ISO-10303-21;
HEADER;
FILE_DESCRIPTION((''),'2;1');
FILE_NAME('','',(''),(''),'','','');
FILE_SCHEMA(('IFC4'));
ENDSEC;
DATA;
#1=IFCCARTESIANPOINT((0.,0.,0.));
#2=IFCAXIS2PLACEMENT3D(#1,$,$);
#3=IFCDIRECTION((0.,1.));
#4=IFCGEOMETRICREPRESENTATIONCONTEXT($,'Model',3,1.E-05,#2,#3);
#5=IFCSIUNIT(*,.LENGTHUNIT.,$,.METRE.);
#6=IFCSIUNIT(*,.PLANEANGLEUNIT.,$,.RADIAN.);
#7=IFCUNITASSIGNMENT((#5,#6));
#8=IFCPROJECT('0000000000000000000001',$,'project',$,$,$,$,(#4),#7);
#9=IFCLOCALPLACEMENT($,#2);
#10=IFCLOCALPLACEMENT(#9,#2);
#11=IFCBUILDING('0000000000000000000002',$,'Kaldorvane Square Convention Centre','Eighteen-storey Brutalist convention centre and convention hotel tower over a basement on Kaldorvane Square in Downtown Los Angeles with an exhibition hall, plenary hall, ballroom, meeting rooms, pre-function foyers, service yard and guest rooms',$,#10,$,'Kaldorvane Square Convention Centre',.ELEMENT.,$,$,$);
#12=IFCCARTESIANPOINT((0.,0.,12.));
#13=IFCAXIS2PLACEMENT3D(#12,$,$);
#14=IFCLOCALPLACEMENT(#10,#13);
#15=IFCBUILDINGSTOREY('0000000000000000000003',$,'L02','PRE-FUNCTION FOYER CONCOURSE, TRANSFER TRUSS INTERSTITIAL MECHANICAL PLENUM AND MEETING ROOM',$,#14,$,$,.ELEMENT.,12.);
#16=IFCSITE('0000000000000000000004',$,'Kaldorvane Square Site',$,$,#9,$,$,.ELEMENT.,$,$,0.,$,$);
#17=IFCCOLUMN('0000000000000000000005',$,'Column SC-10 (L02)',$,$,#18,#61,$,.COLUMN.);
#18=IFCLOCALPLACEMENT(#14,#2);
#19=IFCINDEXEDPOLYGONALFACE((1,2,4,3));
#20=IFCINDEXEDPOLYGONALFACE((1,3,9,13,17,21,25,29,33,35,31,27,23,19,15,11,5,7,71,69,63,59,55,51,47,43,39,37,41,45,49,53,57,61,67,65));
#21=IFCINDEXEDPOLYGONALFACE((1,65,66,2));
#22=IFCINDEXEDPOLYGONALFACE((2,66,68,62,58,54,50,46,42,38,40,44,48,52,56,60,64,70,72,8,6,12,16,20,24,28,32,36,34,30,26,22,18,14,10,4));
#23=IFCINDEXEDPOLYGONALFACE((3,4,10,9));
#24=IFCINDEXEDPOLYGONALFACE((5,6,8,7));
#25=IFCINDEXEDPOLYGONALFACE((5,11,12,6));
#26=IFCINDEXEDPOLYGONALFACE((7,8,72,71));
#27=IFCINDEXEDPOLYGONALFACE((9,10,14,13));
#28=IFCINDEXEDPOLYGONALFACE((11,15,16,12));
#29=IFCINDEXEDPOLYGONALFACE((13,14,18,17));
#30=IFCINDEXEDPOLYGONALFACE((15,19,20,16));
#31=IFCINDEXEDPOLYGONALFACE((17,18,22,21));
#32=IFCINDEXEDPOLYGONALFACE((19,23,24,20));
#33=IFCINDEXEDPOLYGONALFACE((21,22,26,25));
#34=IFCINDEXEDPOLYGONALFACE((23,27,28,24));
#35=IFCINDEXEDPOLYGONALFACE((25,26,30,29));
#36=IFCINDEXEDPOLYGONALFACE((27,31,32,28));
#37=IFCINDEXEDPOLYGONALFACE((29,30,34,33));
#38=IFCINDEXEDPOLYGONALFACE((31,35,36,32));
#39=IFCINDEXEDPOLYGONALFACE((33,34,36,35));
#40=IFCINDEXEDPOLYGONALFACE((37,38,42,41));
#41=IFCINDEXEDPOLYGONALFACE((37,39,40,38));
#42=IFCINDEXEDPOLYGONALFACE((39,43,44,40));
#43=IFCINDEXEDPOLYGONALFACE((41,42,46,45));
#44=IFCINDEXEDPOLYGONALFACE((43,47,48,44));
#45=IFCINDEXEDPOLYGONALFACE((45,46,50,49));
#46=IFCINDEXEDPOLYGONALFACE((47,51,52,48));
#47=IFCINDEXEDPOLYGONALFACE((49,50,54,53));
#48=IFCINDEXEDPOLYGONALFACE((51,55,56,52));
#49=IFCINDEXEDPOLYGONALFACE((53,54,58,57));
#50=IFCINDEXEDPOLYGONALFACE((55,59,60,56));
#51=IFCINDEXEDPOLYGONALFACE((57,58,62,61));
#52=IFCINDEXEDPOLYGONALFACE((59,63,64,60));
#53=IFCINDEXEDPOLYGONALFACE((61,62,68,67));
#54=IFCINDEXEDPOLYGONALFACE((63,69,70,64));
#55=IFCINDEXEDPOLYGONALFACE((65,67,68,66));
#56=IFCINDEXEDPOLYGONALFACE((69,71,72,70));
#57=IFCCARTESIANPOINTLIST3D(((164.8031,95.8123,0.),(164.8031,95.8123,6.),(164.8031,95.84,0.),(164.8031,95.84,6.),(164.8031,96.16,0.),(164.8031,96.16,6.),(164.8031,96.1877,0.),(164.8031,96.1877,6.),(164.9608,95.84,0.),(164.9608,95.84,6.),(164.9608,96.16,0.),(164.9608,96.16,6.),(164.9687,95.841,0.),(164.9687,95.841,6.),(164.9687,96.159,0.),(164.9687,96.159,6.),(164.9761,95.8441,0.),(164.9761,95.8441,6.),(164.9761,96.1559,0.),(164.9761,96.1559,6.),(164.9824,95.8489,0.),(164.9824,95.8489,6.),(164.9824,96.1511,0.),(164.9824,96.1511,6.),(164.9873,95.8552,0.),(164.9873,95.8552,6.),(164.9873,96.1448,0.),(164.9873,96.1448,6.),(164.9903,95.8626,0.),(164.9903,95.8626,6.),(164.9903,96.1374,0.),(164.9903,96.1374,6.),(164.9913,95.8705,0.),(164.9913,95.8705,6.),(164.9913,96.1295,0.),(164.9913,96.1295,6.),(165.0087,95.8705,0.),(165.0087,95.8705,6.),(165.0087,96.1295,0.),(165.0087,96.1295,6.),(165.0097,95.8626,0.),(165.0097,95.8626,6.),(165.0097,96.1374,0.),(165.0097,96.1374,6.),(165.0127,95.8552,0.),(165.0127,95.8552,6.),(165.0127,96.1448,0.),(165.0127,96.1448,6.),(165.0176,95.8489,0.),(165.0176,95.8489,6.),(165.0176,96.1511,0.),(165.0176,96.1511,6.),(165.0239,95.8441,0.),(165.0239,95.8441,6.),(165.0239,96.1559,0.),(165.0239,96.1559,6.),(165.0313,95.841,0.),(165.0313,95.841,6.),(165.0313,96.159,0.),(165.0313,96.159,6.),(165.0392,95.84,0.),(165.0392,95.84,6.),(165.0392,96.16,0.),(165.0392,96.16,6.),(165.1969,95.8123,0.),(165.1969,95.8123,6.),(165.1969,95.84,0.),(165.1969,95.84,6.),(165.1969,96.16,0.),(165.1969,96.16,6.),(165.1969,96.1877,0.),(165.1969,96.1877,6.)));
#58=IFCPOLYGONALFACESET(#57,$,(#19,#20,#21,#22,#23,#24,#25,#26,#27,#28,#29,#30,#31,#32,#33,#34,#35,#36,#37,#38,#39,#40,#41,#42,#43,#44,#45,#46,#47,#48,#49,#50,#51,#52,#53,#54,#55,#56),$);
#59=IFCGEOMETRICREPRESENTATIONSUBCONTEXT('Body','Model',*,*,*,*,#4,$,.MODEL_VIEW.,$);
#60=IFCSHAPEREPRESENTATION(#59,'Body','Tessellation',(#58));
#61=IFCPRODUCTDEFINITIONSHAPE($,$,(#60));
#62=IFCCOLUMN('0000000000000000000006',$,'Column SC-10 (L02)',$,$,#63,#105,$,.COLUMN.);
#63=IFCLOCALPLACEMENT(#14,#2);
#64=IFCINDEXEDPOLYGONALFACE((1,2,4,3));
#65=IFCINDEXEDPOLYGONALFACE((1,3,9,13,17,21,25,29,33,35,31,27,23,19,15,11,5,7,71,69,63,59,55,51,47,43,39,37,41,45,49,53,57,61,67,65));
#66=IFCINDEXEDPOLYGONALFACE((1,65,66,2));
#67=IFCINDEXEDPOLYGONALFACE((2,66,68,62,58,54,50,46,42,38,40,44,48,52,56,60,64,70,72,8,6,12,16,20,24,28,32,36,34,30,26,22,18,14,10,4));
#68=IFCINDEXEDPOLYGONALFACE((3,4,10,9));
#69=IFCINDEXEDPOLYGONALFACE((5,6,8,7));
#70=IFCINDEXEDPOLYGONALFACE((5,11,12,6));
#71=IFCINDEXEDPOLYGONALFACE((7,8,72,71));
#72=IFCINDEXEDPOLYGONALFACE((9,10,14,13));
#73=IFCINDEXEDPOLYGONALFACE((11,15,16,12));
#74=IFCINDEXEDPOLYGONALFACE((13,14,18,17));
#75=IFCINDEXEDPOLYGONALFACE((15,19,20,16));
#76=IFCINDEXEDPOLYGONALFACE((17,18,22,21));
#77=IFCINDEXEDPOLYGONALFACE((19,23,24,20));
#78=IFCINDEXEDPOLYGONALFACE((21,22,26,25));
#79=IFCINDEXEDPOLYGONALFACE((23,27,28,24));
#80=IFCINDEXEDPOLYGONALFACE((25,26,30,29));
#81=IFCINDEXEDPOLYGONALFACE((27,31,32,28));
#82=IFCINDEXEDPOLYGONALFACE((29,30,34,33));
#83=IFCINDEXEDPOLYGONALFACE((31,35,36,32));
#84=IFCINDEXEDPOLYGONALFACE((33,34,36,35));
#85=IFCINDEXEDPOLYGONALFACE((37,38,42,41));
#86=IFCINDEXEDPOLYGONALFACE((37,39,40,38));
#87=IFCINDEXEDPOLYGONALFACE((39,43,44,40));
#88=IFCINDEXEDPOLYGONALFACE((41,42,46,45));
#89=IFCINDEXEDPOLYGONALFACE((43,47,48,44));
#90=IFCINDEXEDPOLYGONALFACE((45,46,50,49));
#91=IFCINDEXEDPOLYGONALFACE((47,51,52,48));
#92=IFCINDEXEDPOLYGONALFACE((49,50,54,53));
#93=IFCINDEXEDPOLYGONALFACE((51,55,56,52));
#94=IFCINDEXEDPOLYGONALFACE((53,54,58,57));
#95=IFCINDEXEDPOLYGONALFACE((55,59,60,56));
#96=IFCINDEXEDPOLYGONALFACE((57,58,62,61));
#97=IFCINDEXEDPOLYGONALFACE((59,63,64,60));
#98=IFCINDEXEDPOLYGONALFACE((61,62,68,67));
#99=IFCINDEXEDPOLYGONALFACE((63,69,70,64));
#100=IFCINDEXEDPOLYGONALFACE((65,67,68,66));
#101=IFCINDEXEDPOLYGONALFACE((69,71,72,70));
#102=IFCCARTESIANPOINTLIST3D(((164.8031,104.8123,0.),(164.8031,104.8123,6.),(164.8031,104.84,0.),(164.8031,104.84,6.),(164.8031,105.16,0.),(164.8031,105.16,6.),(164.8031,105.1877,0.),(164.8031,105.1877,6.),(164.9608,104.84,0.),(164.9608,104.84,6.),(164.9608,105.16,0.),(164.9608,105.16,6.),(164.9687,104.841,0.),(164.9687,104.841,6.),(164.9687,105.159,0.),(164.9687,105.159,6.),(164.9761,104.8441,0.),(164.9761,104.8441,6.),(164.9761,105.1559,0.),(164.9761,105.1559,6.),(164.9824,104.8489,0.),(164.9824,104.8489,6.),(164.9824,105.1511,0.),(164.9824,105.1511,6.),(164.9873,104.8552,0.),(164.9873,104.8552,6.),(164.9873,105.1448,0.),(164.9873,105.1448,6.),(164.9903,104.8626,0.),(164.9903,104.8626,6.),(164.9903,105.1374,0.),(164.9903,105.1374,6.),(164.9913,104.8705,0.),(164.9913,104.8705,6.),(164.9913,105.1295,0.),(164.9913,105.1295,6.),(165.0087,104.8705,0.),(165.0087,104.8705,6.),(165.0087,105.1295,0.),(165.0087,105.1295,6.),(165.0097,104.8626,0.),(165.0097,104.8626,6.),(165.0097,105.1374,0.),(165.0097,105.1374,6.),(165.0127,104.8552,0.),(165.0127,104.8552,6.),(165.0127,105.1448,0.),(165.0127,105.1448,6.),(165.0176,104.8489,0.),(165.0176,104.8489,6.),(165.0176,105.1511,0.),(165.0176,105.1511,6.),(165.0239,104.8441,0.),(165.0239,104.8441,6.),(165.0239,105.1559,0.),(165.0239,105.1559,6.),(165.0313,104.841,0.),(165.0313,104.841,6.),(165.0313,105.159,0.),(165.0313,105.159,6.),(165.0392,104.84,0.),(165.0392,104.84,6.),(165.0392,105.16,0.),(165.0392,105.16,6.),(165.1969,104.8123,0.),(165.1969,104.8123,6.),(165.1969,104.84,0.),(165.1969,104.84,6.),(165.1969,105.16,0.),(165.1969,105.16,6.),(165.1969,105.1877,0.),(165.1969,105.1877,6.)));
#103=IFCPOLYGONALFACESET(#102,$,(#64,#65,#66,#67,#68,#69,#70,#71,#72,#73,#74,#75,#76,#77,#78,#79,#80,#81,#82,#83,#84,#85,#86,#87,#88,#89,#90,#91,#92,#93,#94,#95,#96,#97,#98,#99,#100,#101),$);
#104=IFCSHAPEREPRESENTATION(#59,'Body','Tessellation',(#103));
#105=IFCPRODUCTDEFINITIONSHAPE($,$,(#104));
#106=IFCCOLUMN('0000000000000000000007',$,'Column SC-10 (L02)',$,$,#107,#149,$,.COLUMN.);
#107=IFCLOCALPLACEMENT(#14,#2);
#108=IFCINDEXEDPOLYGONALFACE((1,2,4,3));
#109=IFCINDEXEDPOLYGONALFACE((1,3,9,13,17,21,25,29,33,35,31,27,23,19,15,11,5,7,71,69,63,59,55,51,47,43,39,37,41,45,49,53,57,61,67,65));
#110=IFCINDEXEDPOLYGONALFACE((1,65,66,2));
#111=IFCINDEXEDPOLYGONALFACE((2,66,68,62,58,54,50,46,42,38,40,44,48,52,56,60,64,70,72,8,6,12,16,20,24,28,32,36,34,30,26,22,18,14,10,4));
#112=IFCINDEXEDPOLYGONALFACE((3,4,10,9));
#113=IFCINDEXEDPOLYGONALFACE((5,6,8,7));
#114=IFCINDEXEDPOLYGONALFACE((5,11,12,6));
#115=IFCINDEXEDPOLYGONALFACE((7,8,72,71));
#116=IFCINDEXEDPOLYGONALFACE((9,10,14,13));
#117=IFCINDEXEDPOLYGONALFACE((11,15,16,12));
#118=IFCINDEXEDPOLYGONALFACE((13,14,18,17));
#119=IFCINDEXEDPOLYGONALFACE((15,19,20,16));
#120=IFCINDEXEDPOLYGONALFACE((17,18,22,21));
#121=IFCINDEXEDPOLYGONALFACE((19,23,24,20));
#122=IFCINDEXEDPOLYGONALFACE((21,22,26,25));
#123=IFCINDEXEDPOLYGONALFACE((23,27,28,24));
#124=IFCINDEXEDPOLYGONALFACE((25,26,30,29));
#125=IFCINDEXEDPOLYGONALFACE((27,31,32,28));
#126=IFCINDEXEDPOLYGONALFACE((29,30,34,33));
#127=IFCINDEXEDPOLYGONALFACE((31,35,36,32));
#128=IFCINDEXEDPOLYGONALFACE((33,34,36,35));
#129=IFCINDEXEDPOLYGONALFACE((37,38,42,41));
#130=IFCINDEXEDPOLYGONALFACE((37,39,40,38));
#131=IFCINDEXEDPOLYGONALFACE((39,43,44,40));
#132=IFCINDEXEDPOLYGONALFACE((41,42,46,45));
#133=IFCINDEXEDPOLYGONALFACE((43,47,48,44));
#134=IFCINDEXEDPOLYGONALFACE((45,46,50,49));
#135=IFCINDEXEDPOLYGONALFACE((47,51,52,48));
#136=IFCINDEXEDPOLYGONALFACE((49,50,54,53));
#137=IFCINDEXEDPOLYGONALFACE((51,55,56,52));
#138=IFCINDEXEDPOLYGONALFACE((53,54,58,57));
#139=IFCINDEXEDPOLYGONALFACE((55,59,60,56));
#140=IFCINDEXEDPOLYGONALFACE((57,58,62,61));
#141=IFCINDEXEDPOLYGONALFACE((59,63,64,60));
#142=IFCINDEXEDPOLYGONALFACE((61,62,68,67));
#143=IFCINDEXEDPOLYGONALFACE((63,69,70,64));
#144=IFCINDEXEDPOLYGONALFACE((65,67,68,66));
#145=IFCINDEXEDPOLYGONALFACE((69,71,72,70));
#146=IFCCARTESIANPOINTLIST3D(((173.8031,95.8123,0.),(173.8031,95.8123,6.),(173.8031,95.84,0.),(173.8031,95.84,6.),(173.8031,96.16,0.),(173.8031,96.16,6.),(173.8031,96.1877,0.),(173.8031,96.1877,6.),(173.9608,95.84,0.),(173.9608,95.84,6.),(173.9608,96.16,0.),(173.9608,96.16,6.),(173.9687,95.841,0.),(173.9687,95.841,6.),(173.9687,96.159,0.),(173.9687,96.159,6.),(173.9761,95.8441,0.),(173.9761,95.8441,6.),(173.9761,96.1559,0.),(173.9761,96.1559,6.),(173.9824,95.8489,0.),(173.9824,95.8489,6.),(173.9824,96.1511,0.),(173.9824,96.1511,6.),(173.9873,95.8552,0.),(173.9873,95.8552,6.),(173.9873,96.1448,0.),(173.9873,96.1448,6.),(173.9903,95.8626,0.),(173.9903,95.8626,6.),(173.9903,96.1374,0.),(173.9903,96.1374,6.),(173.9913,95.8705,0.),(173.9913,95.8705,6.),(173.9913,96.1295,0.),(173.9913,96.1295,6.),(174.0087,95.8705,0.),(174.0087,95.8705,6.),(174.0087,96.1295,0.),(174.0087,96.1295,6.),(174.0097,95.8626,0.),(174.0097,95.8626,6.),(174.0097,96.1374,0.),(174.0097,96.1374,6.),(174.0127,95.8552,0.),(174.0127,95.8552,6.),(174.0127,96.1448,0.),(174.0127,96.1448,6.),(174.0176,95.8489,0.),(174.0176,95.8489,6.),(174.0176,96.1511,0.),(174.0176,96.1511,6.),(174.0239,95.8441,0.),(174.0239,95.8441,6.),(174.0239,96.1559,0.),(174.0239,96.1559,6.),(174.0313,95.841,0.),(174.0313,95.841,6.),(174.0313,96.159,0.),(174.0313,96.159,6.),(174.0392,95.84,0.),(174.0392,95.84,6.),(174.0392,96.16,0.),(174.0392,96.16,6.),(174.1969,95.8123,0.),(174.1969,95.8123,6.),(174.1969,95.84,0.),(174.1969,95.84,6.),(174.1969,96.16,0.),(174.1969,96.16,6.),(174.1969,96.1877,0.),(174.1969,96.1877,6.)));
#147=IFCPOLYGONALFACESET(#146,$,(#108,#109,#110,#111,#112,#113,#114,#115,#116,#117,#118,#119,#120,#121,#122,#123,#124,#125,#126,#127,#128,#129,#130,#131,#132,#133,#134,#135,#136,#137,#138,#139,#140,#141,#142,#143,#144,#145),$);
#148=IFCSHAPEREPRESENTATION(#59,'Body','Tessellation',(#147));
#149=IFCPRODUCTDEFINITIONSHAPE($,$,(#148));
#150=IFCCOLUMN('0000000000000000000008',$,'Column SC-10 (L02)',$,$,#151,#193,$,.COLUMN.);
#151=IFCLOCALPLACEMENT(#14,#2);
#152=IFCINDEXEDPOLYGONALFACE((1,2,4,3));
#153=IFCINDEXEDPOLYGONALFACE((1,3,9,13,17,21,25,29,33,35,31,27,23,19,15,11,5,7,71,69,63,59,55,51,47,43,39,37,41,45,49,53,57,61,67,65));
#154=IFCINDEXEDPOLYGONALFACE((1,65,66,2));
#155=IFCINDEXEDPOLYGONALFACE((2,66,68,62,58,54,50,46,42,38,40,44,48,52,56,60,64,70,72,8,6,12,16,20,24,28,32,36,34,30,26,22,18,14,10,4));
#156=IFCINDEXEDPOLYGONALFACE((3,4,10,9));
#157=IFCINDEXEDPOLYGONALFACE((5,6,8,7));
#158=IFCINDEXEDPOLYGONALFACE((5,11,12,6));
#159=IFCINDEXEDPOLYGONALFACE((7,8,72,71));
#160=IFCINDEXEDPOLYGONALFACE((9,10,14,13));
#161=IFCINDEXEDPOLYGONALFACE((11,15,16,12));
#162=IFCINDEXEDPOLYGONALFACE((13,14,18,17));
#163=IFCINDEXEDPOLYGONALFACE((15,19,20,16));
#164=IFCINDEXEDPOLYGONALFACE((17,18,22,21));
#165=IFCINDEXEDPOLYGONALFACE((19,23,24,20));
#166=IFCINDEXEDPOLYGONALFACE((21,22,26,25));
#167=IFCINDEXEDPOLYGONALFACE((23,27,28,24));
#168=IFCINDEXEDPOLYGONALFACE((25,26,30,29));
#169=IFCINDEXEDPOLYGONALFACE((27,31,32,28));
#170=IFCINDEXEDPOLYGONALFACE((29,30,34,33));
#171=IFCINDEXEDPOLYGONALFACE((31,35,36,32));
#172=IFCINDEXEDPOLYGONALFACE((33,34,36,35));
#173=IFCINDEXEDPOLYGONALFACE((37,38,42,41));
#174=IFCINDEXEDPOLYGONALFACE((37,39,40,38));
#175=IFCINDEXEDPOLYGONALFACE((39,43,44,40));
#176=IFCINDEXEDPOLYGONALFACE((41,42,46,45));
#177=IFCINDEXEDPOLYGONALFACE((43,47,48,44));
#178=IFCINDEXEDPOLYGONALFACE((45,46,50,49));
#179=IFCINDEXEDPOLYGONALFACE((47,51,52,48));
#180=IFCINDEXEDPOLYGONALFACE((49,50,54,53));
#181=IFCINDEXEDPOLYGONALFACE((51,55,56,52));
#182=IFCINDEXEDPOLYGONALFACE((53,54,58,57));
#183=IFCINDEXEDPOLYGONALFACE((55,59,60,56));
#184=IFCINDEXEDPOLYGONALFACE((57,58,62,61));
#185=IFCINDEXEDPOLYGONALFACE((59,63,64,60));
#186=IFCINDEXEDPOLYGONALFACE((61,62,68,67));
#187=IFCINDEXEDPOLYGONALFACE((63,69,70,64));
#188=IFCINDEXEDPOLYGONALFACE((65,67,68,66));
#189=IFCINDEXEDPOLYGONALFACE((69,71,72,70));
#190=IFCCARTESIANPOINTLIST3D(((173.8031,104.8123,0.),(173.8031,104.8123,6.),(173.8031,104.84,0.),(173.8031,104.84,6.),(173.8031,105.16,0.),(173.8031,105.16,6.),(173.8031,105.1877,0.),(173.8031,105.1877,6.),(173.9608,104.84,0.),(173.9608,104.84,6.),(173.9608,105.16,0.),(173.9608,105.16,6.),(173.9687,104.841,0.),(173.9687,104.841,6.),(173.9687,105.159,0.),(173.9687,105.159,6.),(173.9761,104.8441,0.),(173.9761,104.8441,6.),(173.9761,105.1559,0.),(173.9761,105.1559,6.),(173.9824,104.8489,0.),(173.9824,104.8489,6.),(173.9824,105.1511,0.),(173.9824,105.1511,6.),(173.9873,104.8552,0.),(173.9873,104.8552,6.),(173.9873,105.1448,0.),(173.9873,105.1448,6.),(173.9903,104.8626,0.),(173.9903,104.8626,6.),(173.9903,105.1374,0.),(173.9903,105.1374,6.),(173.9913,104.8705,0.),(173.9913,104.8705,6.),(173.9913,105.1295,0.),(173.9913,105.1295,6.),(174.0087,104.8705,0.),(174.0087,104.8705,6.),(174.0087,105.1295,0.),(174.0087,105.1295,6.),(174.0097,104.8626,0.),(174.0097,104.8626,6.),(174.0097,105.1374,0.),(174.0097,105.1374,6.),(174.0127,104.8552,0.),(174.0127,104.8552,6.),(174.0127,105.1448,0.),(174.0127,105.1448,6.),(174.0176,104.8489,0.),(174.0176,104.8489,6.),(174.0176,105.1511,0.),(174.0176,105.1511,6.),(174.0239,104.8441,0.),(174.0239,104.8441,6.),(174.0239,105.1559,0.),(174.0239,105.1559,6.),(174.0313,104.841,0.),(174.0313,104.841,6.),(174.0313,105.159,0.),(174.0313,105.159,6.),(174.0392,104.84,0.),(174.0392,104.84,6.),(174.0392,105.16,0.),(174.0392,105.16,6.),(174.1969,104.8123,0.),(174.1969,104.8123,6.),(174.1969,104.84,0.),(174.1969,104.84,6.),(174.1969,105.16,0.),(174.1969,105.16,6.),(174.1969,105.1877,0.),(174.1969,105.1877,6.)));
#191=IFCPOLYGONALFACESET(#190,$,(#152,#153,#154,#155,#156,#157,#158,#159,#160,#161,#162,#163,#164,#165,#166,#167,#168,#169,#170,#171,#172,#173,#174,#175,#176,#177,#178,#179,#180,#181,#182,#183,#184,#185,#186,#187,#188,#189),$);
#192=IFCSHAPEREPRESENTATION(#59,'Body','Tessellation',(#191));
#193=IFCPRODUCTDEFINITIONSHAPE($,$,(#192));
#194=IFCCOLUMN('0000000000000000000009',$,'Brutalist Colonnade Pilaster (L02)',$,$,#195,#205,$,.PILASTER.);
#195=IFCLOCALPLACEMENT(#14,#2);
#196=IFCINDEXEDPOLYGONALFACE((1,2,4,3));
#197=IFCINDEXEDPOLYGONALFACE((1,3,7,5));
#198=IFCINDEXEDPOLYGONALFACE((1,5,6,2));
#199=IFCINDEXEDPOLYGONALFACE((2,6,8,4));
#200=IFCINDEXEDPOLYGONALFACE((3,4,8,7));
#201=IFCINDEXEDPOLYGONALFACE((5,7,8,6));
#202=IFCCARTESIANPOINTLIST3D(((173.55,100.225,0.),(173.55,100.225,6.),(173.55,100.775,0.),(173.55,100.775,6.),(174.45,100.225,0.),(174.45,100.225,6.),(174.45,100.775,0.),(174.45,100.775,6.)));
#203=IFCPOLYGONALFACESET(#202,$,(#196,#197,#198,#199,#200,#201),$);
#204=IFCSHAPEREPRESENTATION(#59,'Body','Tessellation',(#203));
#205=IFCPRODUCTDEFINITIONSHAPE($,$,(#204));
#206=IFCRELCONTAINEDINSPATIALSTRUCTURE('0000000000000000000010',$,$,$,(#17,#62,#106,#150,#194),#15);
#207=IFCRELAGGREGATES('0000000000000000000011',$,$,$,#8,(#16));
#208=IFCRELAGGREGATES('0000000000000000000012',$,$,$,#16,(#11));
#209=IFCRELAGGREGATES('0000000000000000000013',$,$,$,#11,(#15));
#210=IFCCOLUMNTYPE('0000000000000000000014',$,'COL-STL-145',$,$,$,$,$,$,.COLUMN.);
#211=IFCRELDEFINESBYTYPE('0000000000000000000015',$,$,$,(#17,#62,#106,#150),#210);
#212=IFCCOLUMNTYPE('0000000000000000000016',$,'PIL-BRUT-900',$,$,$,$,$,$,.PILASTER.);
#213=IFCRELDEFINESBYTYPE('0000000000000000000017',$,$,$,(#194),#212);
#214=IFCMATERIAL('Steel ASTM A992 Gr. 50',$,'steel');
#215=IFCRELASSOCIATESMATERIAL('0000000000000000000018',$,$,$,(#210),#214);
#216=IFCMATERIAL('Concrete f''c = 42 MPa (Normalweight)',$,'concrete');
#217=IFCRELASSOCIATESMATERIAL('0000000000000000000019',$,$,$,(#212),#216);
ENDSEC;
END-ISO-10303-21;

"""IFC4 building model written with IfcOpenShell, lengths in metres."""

from ifc_helpers import new_model, si_unit, direction, frame, origin, origin_2d, place, context, subcontext, project, spatial, rectangle, i_section, extrude, material, material_profile, profile_set, type_object, element, save


model = new_model("IFC4")

# Units and contexts
model_context = context("Model", 3, precision=1e-05, world=origin(), true_north=direction((0.0, 1.0)))
body_context = subcontext(model_context, "Body", "Model", "MODEL_VIEW")
ifc_project = project(units=[si_unit("LENGTHUNIT", "METRE"), si_unit("PLANEANGLEUNIT", "RADIAN")], contexts=[model_context])

# Site, building, storey
site_placement = place(None, origin())
site = spatial("IfcSite", under=ifc_project, at=site_placement, Name="Kaldorvane Square Site", CompositionType="ELEMENT", RefElevation=0.0)
building_placement = place(site_placement, origin())
building = spatial("IfcBuilding", under=site, at=building_placement, Name="Kaldorvane Square Convention Centre", Description="Eighteen-storey Brutalist convention centre and convention hotel tower over a basement on Kaldorvane Square in Downtown Los Angeles with an exhibition hall, plenary hall, ballroom, meeting rooms, pre-function foyers, service yard and guest rooms", LongName="Kaldorvane Square Convention Centre", CompositionType="ELEMENT")
storey_placement = place(building_placement, frame((0.0, 0.0, 12.0)))
storey = spatial("IfcBuildingStorey", under=building, at=storey_placement, Name="L02", Description="PRE-FUNCTION FOYER CONCOURSE, TRANSFER TRUSS INTERSTITIAL MECHANICAL PLENUM AND MEETING ROOM", CompositionType="ELEMENT", Elevation=12.0)

# Columns
ifc_material_1 = material(Name="Steel ASTM A992 Gr. 50", Category="steel")
ifc_material_profile_1 = material_profile(ifc_material_1, i_section(OverallWidth=0.3937, OverallDepth=0.3754, WebThickness=0.0173, FlangeThickness=0.0277, FilletRadius=0.0305, at=origin_2d()), Name="W14X145")
ifc_profile_set_1 = profile_set([ifc_material_profile_1], Name="Steel ASTM A992 Gr. 50")
column_type_1 = type_object("IfcColumnType", Name="COL-STL-145", PredefinedType="COLUMN", material=ifc_profile_set_1)
for number, where, z_axis, x_axis, name in (
    (1, (165.0, 96.0, 0.0), (0.0, 0.0, 1.0), (1.0, 0.0, 0.0), "Column SC-10 (L02)"),
    (2, (165.0, 105.0, 0.0), (0.0, 0.0, 1.0), (1.0, 0.0, 0.0), "Column SC-10 (L02)"),
    (3, (174.0, 96.0, 0.0), (0.0, 0.0, 1.0), (1.0, 0.0, 0.0), "Column SC-10 (L02)"),
    (4, (174.0, 105.0, 0.0), (0.0, 0.0, 1.0), (1.0, 0.0, 0.0), "Column SC-10 (L02)"),
):
    element("IfcColumn", number, at=place(storey_placement, frame(where, z_axis=z_axis, x_axis=x_axis)), inside=storey, type_object=column_type_1, Name=name, PredefinedType="COLUMN", context=body_context, shape_type="SweptSolid", body=[
        extrude(i_section(OverallWidth=0.3937, OverallDepth=0.3754, WebThickness=0.0173, FlangeThickness=0.0277, FilletRadius=0.0305, at=origin_2d()), origin(), (0.0, 0.0, 1.0), 6.0),
    ])
ifc_material_2 = material(Name="Concrete f'c = 42 MPa (Normalweight)", Category="concrete")
ifc_material_profile_2 = material_profile(ifc_material_2, rectangle(XDim=0.55, YDim=0.9, at=origin_2d()), Name="PIL900X550")
ifc_profile_set_2 = profile_set([ifc_material_profile_2], Name="Concrete f'c = 42 MPa (Normalweight)")
column_type_2 = type_object("IfcColumnType", Name="PIL-BRUT-900", PredefinedType="PILASTER", material=ifc_profile_set_2)
column_placement = place(storey_placement, frame((174.0, 100.5, 0.0), z_axis=(0.0, 0.0, 1.0), x_axis=(0.0, 1.0, 0.0)))
element("IfcColumn", 5, at=column_placement, inside=storey, type_object=column_type_2, Name="Brutalist Colonnade Pilaster (L02)", PredefinedType="PILASTER", context=body_context, shape_type="SweptSolid", body=[
    extrude(rectangle(XDim=0.55, YDim=0.9, at=origin_2d()), origin(), (0.0, 0.0, 1.0), 6.0),
])

save(model, "model.ifc")
